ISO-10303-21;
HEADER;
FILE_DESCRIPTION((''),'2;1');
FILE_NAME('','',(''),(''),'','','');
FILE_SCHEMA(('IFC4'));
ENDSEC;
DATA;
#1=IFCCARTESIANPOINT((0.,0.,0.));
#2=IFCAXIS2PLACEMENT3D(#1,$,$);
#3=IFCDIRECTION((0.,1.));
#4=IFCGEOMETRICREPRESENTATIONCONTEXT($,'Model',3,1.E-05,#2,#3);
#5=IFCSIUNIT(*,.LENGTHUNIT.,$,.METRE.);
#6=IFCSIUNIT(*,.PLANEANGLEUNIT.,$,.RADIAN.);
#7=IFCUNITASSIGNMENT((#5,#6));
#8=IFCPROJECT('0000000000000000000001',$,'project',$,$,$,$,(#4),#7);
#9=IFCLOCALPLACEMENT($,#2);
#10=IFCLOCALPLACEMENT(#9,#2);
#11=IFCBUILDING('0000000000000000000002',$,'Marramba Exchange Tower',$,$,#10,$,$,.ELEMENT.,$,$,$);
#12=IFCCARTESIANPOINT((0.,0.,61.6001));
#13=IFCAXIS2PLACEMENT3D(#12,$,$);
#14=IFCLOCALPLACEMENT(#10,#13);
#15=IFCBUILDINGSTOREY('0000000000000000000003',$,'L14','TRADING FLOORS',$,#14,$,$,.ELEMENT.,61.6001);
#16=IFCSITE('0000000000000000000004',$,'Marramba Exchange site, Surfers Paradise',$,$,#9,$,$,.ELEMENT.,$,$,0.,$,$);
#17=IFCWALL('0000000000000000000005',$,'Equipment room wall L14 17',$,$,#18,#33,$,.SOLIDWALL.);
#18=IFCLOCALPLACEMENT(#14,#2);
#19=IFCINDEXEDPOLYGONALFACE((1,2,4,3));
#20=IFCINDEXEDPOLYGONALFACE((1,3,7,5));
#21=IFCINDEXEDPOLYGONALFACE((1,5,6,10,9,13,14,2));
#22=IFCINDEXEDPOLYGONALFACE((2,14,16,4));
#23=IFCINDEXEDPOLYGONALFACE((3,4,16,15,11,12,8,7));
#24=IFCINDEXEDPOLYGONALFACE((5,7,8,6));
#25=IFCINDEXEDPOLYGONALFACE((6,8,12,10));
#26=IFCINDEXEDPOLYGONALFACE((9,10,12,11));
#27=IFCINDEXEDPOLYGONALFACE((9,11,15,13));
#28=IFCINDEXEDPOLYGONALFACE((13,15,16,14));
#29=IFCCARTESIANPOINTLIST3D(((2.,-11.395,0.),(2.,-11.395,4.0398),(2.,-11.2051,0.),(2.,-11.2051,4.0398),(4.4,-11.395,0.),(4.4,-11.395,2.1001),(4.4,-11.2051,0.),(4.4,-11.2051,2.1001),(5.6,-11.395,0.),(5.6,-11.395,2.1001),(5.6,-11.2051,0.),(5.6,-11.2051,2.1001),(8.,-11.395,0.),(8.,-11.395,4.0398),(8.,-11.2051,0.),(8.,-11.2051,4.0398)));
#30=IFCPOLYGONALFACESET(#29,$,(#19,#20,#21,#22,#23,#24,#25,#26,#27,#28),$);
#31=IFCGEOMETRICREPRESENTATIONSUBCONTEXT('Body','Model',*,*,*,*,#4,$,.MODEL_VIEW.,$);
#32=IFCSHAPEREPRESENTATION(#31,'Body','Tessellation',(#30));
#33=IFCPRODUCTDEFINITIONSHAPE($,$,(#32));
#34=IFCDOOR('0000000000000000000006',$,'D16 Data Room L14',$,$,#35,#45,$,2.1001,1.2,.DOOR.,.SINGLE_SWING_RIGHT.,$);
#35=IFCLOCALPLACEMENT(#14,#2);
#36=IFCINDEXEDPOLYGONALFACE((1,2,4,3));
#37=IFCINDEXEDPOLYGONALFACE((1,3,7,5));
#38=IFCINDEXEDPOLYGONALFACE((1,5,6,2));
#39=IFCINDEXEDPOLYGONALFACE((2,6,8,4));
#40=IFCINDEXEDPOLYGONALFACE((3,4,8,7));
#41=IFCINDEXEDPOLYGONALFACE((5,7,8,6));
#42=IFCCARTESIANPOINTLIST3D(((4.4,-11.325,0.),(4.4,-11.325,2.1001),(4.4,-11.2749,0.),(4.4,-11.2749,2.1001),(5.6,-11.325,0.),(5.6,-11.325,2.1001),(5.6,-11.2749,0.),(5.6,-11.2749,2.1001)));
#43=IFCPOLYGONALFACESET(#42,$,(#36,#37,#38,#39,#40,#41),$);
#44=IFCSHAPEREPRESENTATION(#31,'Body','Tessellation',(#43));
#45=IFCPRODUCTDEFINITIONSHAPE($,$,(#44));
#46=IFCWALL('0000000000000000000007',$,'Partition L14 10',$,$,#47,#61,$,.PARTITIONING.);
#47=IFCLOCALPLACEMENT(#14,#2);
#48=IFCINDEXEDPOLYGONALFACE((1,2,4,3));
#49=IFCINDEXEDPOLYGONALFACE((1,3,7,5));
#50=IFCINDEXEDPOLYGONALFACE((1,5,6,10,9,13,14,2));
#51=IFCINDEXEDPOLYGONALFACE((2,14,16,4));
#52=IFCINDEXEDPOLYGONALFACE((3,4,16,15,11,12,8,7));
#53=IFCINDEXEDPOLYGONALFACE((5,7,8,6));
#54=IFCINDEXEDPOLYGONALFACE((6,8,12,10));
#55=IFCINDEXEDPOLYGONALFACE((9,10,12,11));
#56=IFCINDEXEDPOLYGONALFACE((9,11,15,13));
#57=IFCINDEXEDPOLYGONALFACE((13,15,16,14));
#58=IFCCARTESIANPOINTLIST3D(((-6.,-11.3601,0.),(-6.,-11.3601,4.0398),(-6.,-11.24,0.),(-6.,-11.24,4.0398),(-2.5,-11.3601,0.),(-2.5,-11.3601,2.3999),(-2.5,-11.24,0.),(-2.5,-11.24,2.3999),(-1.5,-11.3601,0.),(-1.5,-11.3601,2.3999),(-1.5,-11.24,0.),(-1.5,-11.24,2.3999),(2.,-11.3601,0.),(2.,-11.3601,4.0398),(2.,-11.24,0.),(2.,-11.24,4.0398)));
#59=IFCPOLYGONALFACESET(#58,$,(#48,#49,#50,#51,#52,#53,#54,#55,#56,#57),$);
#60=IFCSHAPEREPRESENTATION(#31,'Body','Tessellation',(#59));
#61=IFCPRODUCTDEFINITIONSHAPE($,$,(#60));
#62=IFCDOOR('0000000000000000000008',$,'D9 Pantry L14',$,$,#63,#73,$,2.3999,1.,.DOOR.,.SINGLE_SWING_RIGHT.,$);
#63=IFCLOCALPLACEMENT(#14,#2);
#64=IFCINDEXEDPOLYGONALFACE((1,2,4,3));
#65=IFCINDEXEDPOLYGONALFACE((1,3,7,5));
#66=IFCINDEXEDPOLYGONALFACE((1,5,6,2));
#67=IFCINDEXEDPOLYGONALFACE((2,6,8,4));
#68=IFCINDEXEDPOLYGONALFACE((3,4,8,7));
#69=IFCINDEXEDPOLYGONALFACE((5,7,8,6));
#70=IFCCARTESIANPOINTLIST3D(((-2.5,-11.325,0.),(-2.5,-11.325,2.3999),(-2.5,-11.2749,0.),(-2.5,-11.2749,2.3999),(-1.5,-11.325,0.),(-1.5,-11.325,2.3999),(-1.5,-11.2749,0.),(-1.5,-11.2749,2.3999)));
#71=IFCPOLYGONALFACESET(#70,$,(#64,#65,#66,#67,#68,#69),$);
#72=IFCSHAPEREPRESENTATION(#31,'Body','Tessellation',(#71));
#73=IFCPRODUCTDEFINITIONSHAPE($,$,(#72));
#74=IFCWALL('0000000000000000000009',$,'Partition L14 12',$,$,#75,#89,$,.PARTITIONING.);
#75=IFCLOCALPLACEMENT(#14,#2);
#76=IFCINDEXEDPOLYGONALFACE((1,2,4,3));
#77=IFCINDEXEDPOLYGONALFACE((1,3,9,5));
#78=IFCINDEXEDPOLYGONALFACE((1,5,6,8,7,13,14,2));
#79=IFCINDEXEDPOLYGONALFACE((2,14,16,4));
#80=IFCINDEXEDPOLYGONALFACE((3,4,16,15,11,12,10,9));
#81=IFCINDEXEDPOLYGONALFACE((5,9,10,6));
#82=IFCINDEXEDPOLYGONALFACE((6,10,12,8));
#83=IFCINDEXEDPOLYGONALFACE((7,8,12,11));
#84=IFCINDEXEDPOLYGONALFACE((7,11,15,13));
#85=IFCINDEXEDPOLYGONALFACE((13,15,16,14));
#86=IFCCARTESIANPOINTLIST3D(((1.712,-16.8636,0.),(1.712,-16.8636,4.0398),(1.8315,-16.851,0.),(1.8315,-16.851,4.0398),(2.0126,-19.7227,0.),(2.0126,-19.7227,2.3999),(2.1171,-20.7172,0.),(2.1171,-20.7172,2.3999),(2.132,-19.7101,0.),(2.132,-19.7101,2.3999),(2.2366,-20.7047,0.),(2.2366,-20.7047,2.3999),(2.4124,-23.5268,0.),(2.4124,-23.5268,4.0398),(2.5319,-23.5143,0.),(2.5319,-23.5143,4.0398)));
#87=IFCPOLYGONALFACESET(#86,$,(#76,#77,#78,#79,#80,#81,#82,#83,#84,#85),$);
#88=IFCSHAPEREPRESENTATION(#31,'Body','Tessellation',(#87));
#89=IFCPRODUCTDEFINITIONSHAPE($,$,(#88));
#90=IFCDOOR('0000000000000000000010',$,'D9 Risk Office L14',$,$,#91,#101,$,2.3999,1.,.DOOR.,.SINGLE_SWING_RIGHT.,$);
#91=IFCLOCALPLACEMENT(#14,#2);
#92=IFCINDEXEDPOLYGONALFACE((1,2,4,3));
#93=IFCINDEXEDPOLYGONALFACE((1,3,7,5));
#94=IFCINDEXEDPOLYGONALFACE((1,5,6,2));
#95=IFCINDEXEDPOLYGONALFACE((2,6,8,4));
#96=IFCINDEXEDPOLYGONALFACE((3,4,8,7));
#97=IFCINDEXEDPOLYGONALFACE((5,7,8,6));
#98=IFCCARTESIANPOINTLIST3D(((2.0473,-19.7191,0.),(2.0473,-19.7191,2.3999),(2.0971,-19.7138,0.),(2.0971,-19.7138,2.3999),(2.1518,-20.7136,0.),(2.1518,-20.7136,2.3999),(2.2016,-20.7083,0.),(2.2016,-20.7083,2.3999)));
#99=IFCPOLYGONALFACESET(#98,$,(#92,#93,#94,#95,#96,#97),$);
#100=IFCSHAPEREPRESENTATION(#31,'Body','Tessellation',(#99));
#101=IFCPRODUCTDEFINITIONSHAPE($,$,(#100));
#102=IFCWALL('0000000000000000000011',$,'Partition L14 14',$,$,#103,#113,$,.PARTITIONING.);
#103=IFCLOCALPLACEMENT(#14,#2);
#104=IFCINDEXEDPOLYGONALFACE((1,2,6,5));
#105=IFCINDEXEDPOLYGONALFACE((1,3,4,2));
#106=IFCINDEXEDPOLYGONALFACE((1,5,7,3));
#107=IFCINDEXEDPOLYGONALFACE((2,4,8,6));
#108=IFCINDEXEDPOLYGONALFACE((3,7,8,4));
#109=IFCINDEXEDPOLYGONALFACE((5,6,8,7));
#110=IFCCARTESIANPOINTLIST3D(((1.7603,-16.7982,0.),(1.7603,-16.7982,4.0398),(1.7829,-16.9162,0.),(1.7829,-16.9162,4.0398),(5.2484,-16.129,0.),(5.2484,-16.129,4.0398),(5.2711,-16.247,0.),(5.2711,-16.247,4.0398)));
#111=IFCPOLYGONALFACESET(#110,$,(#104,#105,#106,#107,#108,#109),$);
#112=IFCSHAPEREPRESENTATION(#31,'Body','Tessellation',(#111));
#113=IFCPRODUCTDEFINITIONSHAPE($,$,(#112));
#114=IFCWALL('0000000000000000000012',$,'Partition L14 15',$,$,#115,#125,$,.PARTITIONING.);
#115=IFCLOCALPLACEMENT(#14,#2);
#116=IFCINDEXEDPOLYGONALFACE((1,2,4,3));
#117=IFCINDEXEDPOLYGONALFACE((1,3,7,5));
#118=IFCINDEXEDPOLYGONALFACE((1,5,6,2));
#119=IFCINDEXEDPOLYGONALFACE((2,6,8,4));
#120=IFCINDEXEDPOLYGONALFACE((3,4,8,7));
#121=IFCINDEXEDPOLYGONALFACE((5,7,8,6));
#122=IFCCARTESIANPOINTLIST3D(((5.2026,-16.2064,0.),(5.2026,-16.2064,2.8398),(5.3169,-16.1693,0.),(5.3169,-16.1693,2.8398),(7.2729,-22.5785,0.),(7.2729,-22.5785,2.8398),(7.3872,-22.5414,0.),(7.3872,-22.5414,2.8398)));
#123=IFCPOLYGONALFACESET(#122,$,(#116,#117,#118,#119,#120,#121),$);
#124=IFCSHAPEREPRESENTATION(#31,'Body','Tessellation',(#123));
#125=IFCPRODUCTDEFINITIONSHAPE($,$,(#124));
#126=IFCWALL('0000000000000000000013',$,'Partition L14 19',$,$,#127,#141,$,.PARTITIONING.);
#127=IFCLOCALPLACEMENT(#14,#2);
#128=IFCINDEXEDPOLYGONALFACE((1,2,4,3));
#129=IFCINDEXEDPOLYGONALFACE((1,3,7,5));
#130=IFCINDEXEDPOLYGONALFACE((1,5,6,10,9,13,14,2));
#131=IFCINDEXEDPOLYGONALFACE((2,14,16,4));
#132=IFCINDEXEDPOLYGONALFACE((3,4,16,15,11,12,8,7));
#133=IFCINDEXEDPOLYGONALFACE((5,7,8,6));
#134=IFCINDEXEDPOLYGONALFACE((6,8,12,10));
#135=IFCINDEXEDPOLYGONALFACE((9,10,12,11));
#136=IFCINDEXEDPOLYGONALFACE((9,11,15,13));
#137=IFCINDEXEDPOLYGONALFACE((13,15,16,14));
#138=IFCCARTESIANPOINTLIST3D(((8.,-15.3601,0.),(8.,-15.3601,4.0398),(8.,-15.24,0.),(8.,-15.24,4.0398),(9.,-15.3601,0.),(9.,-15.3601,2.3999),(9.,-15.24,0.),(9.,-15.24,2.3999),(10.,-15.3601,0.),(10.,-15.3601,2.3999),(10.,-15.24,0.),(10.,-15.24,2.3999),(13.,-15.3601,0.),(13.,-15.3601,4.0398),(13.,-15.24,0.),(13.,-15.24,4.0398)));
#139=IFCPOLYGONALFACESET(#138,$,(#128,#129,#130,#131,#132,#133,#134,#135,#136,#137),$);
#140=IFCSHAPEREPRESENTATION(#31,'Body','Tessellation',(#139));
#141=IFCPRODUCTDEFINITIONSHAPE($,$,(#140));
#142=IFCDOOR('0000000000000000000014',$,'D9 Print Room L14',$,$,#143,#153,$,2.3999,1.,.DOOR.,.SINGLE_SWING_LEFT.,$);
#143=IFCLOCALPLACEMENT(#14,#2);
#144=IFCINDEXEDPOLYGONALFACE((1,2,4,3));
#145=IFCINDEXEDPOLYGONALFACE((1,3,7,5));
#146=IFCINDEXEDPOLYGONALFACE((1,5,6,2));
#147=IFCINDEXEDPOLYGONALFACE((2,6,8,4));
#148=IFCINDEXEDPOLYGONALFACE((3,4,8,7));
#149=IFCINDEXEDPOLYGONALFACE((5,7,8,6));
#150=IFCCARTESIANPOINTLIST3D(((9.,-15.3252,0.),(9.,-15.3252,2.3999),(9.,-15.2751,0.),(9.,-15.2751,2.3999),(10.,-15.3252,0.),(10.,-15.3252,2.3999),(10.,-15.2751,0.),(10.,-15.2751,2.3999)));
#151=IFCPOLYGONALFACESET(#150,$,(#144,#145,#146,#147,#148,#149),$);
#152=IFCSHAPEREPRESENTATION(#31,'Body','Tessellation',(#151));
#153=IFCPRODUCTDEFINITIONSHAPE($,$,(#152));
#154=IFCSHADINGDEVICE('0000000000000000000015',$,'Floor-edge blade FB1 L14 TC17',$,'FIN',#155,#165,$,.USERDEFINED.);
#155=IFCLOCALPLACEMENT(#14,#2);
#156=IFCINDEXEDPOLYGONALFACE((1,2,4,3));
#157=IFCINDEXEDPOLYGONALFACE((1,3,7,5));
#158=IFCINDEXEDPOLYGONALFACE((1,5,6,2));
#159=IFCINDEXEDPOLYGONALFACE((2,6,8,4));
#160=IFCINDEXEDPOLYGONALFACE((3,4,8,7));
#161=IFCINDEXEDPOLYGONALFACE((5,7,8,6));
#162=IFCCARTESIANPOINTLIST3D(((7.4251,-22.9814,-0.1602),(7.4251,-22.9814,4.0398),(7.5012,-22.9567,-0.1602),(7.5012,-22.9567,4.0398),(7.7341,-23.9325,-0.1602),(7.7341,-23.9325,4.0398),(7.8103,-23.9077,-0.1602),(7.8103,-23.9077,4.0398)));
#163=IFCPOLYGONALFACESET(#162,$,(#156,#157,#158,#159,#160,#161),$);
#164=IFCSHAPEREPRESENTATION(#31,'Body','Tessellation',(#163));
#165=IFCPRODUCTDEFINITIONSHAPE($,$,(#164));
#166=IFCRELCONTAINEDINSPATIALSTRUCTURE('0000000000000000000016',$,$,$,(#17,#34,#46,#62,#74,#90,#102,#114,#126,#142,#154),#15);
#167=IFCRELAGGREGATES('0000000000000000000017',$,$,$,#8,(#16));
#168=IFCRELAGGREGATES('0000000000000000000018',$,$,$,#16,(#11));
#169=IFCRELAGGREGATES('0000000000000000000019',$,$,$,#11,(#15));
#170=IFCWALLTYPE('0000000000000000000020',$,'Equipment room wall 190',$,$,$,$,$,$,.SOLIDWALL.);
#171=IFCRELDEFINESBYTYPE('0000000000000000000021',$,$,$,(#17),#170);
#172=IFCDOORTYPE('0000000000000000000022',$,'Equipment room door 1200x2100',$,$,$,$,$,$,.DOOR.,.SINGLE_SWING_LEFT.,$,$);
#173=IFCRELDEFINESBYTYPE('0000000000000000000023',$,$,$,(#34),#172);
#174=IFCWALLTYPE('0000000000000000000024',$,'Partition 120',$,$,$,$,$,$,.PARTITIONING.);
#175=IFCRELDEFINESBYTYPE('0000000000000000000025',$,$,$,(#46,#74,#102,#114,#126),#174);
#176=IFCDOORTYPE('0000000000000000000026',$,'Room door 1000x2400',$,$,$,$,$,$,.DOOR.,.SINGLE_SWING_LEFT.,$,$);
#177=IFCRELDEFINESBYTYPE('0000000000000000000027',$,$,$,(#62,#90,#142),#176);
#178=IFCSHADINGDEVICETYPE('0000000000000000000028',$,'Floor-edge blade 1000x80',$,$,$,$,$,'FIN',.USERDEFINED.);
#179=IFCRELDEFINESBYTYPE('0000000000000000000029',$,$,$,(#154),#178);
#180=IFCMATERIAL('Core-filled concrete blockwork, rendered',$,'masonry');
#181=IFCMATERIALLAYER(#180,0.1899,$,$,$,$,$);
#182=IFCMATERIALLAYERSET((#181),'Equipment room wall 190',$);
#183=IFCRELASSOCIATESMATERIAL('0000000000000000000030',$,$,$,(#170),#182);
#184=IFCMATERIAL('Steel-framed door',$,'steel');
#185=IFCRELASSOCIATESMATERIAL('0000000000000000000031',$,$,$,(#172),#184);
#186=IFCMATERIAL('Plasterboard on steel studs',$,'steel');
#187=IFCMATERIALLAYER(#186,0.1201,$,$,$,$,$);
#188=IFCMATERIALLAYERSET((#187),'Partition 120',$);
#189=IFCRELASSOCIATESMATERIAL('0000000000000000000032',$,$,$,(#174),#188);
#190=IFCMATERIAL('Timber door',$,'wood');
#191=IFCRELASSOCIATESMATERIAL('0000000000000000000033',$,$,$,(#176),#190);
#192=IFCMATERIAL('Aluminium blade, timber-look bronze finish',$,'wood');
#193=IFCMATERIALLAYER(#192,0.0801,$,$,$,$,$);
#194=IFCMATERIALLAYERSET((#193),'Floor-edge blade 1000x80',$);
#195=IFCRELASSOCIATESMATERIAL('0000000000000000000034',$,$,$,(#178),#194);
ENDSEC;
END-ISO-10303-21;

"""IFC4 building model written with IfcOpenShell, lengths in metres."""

from ifc_helpers import new_model, si_unit, direction, frame, frame_2d, origin, origin_2d, place, context, subcontext, project, spatial, rectangle, extrude, material, layer, layer_set, type_object, element, fill, save


model = new_model("IFC4")

# Units and contexts
model_context = context("Model", 3, precision=1e-05, world=origin(), true_north=direction((0.0, 1.0)))
body_context = subcontext(model_context, "Body", "Model", "MODEL_VIEW")
ifc_project = project(units=[si_unit("LENGTHUNIT", "METRE"), si_unit("PLANEANGLEUNIT", "RADIAN")], contexts=[model_context])

# Site, building, storey
site_placement = place(None, origin())
site = spatial("IfcSite", under=ifc_project, at=site_placement, Name="Marramba Exchange site, Surfers Paradise", CompositionType="ELEMENT", RefElevation=0.0)
building_placement = place(site_placement, origin())
building = spatial("IfcBuilding", under=site, at=building_placement, Name="Marramba Exchange Tower", CompositionType="ELEMENT")
storey_placement = place(building_placement, frame((0.0, 0.0, 61.6001)))
storey = spatial("IfcBuildingStorey", under=building, at=storey_placement, Name="L14", Description="TRADING FLOORS", CompositionType="ELEMENT", Elevation=61.6001)

# Shared definitions
ifc_material_1 = material(Name="Core-filled concrete blockwork, rendered", Category="masonry")
ifc_layer_1 = layer(ifc_material_1, 0.1899)
ifc_layer_set_1 = layer_set([ifc_layer_1], Name="Equipment room wall 190")
wall_type_1 = type_object("IfcWallType", Name="Equipment room wall 190", PredefinedType="SOLIDWALL", material=ifc_layer_set_1)

# Walls, openings, doors
wall_1_placement = place(storey_placement, frame((8.0, -11.3, 0.0), z_axis=(0.0, 0.0, 1.0), x_axis=(-1.0, 0.0, 0.0)))
wall_1 = element("IfcWall", 1, at=wall_1_placement, inside=storey, type_object=wall_type_1, Name="Equipment room wall L14 17", PredefinedType="SOLIDWALL", context=body_context, shape_type="SweptSolid", body=[
    extrude(rectangle(XDim=6.0, YDim=0.1899, at=frame_2d((3.0, 0.0))), origin(), (0.0, 0.0, 1.0), 4.0398),
])
opening_1_placement = place(wall_1_placement, frame((2.3999, 0.0, 0.0)))
opening_1 = element("IfcOpeningElement", 2, at=opening_1_placement, cuts=wall_1, PredefinedType="OPENING", context=body_context, shape_type="SweptSolid", body=[
    extrude(rectangle(XDim=1.2, YDim=2.1001, at=frame_2d((0.6001, 1.05))), frame((0.0, 0.105, 0.0), z_axis=(0.0, -1.0, 0.0), x_axis=(1.0, 0.0, 0.0)), (0.0, 0.0, 1.0), 0.21),
])
ifc_material_2 = material(Name="Steel-framed door", Category="steel")
door_type_1 = type_object("IfcDoorType", Name="Equipment room door 1200x2100", OperationType="SINGLE_SWING_LEFT", PredefinedType="DOOR", material=ifc_material_2)
door_1_placement = place(opening_1_placement, origin())
door_1 = element("IfcDoor", 3, at=door_1_placement, inside=storey, type_object=door_type_1, Name="D16 Data Room L14", OperationType="SINGLE_SWING_RIGHT", OverallHeight=2.1001, OverallWidth=1.2, PredefinedType="DOOR", context=body_context, shape_type="SweptSolid", body=[
    extrude(rectangle(XDim=1.2, YDim=2.1001, at=frame_2d((0.6001, 1.05))), frame((0.0, 0.0249, 0.0), z_axis=(0.0, -1.0, 0.0), x_axis=(1.0, 0.0, 0.0)), (0.0, 0.0, 1.0), 0.05),
])
fill(opening_1, door_1)
ifc_material_3 = material(Name="Plasterboard on steel studs", Category="steel")
ifc_layer_2 = layer(ifc_material_3, 0.1201)
ifc_layer_set_2 = layer_set([ifc_layer_2], Name="Partition 120")
wall_type_2 = type_object("IfcWallType", Name="Partition 120", PredefinedType="PARTITIONING", material=ifc_layer_set_2)
wall_2_placement = place(storey_placement, frame((2.0, -11.3, 0.0), z_axis=(0.0, 0.0, 1.0), x_axis=(-1.0, 0.0, 0.0)))
wall_2 = element("IfcWall", 4, at=wall_2_placement, inside=storey, type_object=wall_type_2, Name="Partition L14 10", PredefinedType="PARTITIONING", context=body_context, shape_type="SweptSolid", body=[
    extrude(rectangle(XDim=8.0, YDim=0.1201, at=frame_2d((4.0, 0.0))), origin(), (0.0, 0.0, 1.0), 4.0398),
])
opening_2_placement = place(wall_2_placement, frame((3.5, 0.0, 0.0)))
opening_2 = element("IfcOpeningElement", 5, at=opening_2_placement, cuts=wall_2, PredefinedType="OPENING", context=body_context, shape_type="SweptSolid", body=[
    extrude(rectangle(XDim=1.0, YDim=2.3999, at=frame_2d((0.5, 1.2))), frame((0.0, 0.0701, 0.0), z_axis=(0.0, -1.0, 0.0), x_axis=(1.0, 0.0, 0.0)), (0.0, 0.0, 1.0), 0.1401),
])
ifc_material_4 = material(Name="Timber door", Category="wood")
door_type_2 = type_object("IfcDoorType", Name="Room door 1000x2400", OperationType="SINGLE_SWING_LEFT", PredefinedType="DOOR", material=ifc_material_4)
door_2_placement = place(opening_2_placement, origin())
door_2 = element("IfcDoor", 6, at=door_2_placement, inside=storey, type_object=door_type_2, Name="D9 Pantry L14", OperationType="SINGLE_SWING_RIGHT", OverallHeight=2.3999, OverallWidth=1.0, PredefinedType="DOOR", context=body_context, shape_type="SweptSolid", body=[
    extrude(rectangle(XDim=1.0, YDim=2.3999, at=frame_2d((0.5, 1.2))), frame((0.0, 0.0249, 0.0), z_axis=(0.0, -1.0, 0.0), x_axis=(1.0, 0.0, 0.0)), (0.0, 0.0, 1.0), 0.05),
])
fill(opening_2, door_2)
wall_3_placement = place(storey_placement, frame((1.7717, -16.8572, 0.0), z_axis=(0.0, 0.0, 1.0), x_axis=(0.104543, -0.99452, 0.0)))
wall_3 = element("IfcWall", 7, at=wall_3_placement, inside=storey, type_object=wall_type_2, Name="Partition L14 12", PredefinedType="PARTITIONING", context=body_context, shape_type="SweptSolid", body=[
    extrude(rectangle(XDim=6.7, YDim=0.1201, at=frame_2d((3.3501, 0.0))), origin(), (0.0, 0.0, 1.0), 4.0398),
])
opening_3_placement = place(wall_3_placement, frame((2.875, 0.0, 0.0)))
opening_3 = element("IfcOpeningElement", 8, at=opening_3_placement, cuts=wall_3, PredefinedType="OPENING", context=body_context, shape_type="SweptSolid", body=[
    extrude(rectangle(XDim=1.0, YDim=2.3999, at=frame_2d((0.5, 1.2))), frame((0.0, 0.0701, 0.0), z_axis=(0.0, -1.0, 0.0), x_axis=(1.0, 0.0, 0.0)), (0.0, 0.0, 1.0), 0.1401),
])
door_3_placement = place(opening_3_placement, origin())
door_3 = element("IfcDoor", 9, at=door_3_placement, inside=storey, type_object=door_type_2, Name="D9 Risk Office L14", OperationType="SINGLE_SWING_RIGHT", OverallHeight=2.3999, OverallWidth=1.0, PredefinedType="DOOR", context=body_context, shape_type="SweptSolid", body=[
    extrude(rectangle(XDim=1.0, YDim=2.3999, at=frame_2d((0.5, 1.2))), frame((0.0, 0.0249, 0.0), z_axis=(0.0, -1.0, 0.0), x_axis=(1.0, 0.0, 0.0)), (0.0, 0.0, 1.0), 0.05),
])
fill(opening_3, door_3)

# Walls
wall_4_placement = place(storey_placement, frame((5.2598, -16.188, 0.0), z_axis=(0.0, 0.0, 1.0), x_axis=(-0.982089, -0.188416, 0.0)))
element("IfcWall", 10, at=wall_4_placement, inside=storey, type_object=wall_type_2, Name="Partition L14 14", PredefinedType="PARTITIONING", context=body_context, shape_type="SweptSolid", body=[
    extrude(rectangle(XDim=3.5518, YDim=0.1201, at=frame_2d((1.7759, 0.0))), origin(), (0.0, 0.0, 1.0), 4.0398),
])
wall_5_placement = place(storey_placement, frame((7.3301, -22.5601, 0.0), z_axis=(0.0, 0.0, 1.0), x_axis=(-0.309004, 0.951061, 0.0)))
element("IfcWall", 11, at=wall_5_placement, inside=storey, type_object=wall_type_2, Name="Partition L14 15", PredefinedType="PARTITIONING", context=body_context, shape_type="SweptSolid", body=[
    extrude(rectangle(XDim=6.7, YDim=0.1201, at=frame_2d((3.3501, 0.0))), origin(), (0.0, 0.0, 1.0), 2.8398),
])

# Wall, opening, door
wall_6_placement = place(storey_placement, frame((8.0, -15.3, 0.0), z_axis=(0.0, 0.0, 1.0), x_axis=(1.0, 0.0, 0.0)))
wall_6 = element("IfcWall", 12, at=wall_6_placement, inside=storey, type_object=wall_type_2, Name="Partition L14 19", PredefinedType="PARTITIONING", context=body_context, shape_type="SweptSolid", body=[
    extrude(rectangle(XDim=5.0, YDim=0.1201, at=frame_2d((2.5, 0.0))), origin(), (0.0, 0.0, 1.0), 4.0398),
])
opening_4_placement = place(wall_6_placement, frame((1.0, 0.0, 0.0)))
opening_4 = element("IfcOpeningElement", 13, at=opening_4_placement, cuts=wall_6, PredefinedType="OPENING", context=body_context, shape_type="SweptSolid", body=[
    extrude(rectangle(XDim=1.0, YDim=2.3999, at=frame_2d((0.5, 1.2))), frame((0.0, 0.0701, 0.0), z_axis=(0.0, -1.0, 0.0), x_axis=(1.0, 0.0, 0.0)), (0.0, 0.0, 1.0), 0.1401),
])
door_4_placement = place(opening_4_placement, origin())
door_4 = element("IfcDoor", 14, at=door_4_placement, inside=storey, type_object=door_type_2, Name="D9 Print Room L14", OperationType="SINGLE_SWING_LEFT", OverallHeight=2.3999, OverallWidth=1.0, PredefinedType="DOOR", context=body_context, shape_type="SweptSolid", body=[
    extrude(rectangle(XDim=1.0, YDim=2.3999, at=frame_2d((0.5, 1.2))), frame((0.0, 0.0249, 0.0), z_axis=(0.0, -1.0, 0.0), x_axis=(1.0, 0.0, 0.0)), (0.0, 0.0, 1.0), 0.05),
])
fill(opening_4, door_4)

# Shading device
ifc_material_5 = material(Name="Aluminium blade, timber-look bronze finish", Category="wood")
ifc_layer_3 = layer(ifc_material_5, 0.0801)
ifc_layer_set_3 = layer_set([ifc_layer_3], Name="Floor-edge blade 1000x80")
shading_device_type_1 = type_object("IfcShadingDeviceType", Name="Floor-edge blade 1000x80", ElementType="FIN", PredefinedType="USERDEFINED", material=ifc_layer_set_3)
shading_device_1_placement = place(storey_placement, frame((7.6177, -23.4446, -0.1602), z_axis=(0.0, 0.0, 1.0), x_axis=(0.309017, -0.951057, 0.0)))
element("IfcShadingDevice", 15, at=shading_device_1_placement, inside=storey, type_object=shading_device_type_1, Name="Floor-edge blade FB1 L14 TC17", ObjectType="FIN", PredefinedType="USERDEFINED", context=body_context, shape_type="SweptSolid", body=[
    extrude(rectangle(XDim=1.0, YDim=0.0801, at=origin_2d()), origin(), (0.0, 0.0, 1.0), 4.2),
])

save(model, "model.ifc")
